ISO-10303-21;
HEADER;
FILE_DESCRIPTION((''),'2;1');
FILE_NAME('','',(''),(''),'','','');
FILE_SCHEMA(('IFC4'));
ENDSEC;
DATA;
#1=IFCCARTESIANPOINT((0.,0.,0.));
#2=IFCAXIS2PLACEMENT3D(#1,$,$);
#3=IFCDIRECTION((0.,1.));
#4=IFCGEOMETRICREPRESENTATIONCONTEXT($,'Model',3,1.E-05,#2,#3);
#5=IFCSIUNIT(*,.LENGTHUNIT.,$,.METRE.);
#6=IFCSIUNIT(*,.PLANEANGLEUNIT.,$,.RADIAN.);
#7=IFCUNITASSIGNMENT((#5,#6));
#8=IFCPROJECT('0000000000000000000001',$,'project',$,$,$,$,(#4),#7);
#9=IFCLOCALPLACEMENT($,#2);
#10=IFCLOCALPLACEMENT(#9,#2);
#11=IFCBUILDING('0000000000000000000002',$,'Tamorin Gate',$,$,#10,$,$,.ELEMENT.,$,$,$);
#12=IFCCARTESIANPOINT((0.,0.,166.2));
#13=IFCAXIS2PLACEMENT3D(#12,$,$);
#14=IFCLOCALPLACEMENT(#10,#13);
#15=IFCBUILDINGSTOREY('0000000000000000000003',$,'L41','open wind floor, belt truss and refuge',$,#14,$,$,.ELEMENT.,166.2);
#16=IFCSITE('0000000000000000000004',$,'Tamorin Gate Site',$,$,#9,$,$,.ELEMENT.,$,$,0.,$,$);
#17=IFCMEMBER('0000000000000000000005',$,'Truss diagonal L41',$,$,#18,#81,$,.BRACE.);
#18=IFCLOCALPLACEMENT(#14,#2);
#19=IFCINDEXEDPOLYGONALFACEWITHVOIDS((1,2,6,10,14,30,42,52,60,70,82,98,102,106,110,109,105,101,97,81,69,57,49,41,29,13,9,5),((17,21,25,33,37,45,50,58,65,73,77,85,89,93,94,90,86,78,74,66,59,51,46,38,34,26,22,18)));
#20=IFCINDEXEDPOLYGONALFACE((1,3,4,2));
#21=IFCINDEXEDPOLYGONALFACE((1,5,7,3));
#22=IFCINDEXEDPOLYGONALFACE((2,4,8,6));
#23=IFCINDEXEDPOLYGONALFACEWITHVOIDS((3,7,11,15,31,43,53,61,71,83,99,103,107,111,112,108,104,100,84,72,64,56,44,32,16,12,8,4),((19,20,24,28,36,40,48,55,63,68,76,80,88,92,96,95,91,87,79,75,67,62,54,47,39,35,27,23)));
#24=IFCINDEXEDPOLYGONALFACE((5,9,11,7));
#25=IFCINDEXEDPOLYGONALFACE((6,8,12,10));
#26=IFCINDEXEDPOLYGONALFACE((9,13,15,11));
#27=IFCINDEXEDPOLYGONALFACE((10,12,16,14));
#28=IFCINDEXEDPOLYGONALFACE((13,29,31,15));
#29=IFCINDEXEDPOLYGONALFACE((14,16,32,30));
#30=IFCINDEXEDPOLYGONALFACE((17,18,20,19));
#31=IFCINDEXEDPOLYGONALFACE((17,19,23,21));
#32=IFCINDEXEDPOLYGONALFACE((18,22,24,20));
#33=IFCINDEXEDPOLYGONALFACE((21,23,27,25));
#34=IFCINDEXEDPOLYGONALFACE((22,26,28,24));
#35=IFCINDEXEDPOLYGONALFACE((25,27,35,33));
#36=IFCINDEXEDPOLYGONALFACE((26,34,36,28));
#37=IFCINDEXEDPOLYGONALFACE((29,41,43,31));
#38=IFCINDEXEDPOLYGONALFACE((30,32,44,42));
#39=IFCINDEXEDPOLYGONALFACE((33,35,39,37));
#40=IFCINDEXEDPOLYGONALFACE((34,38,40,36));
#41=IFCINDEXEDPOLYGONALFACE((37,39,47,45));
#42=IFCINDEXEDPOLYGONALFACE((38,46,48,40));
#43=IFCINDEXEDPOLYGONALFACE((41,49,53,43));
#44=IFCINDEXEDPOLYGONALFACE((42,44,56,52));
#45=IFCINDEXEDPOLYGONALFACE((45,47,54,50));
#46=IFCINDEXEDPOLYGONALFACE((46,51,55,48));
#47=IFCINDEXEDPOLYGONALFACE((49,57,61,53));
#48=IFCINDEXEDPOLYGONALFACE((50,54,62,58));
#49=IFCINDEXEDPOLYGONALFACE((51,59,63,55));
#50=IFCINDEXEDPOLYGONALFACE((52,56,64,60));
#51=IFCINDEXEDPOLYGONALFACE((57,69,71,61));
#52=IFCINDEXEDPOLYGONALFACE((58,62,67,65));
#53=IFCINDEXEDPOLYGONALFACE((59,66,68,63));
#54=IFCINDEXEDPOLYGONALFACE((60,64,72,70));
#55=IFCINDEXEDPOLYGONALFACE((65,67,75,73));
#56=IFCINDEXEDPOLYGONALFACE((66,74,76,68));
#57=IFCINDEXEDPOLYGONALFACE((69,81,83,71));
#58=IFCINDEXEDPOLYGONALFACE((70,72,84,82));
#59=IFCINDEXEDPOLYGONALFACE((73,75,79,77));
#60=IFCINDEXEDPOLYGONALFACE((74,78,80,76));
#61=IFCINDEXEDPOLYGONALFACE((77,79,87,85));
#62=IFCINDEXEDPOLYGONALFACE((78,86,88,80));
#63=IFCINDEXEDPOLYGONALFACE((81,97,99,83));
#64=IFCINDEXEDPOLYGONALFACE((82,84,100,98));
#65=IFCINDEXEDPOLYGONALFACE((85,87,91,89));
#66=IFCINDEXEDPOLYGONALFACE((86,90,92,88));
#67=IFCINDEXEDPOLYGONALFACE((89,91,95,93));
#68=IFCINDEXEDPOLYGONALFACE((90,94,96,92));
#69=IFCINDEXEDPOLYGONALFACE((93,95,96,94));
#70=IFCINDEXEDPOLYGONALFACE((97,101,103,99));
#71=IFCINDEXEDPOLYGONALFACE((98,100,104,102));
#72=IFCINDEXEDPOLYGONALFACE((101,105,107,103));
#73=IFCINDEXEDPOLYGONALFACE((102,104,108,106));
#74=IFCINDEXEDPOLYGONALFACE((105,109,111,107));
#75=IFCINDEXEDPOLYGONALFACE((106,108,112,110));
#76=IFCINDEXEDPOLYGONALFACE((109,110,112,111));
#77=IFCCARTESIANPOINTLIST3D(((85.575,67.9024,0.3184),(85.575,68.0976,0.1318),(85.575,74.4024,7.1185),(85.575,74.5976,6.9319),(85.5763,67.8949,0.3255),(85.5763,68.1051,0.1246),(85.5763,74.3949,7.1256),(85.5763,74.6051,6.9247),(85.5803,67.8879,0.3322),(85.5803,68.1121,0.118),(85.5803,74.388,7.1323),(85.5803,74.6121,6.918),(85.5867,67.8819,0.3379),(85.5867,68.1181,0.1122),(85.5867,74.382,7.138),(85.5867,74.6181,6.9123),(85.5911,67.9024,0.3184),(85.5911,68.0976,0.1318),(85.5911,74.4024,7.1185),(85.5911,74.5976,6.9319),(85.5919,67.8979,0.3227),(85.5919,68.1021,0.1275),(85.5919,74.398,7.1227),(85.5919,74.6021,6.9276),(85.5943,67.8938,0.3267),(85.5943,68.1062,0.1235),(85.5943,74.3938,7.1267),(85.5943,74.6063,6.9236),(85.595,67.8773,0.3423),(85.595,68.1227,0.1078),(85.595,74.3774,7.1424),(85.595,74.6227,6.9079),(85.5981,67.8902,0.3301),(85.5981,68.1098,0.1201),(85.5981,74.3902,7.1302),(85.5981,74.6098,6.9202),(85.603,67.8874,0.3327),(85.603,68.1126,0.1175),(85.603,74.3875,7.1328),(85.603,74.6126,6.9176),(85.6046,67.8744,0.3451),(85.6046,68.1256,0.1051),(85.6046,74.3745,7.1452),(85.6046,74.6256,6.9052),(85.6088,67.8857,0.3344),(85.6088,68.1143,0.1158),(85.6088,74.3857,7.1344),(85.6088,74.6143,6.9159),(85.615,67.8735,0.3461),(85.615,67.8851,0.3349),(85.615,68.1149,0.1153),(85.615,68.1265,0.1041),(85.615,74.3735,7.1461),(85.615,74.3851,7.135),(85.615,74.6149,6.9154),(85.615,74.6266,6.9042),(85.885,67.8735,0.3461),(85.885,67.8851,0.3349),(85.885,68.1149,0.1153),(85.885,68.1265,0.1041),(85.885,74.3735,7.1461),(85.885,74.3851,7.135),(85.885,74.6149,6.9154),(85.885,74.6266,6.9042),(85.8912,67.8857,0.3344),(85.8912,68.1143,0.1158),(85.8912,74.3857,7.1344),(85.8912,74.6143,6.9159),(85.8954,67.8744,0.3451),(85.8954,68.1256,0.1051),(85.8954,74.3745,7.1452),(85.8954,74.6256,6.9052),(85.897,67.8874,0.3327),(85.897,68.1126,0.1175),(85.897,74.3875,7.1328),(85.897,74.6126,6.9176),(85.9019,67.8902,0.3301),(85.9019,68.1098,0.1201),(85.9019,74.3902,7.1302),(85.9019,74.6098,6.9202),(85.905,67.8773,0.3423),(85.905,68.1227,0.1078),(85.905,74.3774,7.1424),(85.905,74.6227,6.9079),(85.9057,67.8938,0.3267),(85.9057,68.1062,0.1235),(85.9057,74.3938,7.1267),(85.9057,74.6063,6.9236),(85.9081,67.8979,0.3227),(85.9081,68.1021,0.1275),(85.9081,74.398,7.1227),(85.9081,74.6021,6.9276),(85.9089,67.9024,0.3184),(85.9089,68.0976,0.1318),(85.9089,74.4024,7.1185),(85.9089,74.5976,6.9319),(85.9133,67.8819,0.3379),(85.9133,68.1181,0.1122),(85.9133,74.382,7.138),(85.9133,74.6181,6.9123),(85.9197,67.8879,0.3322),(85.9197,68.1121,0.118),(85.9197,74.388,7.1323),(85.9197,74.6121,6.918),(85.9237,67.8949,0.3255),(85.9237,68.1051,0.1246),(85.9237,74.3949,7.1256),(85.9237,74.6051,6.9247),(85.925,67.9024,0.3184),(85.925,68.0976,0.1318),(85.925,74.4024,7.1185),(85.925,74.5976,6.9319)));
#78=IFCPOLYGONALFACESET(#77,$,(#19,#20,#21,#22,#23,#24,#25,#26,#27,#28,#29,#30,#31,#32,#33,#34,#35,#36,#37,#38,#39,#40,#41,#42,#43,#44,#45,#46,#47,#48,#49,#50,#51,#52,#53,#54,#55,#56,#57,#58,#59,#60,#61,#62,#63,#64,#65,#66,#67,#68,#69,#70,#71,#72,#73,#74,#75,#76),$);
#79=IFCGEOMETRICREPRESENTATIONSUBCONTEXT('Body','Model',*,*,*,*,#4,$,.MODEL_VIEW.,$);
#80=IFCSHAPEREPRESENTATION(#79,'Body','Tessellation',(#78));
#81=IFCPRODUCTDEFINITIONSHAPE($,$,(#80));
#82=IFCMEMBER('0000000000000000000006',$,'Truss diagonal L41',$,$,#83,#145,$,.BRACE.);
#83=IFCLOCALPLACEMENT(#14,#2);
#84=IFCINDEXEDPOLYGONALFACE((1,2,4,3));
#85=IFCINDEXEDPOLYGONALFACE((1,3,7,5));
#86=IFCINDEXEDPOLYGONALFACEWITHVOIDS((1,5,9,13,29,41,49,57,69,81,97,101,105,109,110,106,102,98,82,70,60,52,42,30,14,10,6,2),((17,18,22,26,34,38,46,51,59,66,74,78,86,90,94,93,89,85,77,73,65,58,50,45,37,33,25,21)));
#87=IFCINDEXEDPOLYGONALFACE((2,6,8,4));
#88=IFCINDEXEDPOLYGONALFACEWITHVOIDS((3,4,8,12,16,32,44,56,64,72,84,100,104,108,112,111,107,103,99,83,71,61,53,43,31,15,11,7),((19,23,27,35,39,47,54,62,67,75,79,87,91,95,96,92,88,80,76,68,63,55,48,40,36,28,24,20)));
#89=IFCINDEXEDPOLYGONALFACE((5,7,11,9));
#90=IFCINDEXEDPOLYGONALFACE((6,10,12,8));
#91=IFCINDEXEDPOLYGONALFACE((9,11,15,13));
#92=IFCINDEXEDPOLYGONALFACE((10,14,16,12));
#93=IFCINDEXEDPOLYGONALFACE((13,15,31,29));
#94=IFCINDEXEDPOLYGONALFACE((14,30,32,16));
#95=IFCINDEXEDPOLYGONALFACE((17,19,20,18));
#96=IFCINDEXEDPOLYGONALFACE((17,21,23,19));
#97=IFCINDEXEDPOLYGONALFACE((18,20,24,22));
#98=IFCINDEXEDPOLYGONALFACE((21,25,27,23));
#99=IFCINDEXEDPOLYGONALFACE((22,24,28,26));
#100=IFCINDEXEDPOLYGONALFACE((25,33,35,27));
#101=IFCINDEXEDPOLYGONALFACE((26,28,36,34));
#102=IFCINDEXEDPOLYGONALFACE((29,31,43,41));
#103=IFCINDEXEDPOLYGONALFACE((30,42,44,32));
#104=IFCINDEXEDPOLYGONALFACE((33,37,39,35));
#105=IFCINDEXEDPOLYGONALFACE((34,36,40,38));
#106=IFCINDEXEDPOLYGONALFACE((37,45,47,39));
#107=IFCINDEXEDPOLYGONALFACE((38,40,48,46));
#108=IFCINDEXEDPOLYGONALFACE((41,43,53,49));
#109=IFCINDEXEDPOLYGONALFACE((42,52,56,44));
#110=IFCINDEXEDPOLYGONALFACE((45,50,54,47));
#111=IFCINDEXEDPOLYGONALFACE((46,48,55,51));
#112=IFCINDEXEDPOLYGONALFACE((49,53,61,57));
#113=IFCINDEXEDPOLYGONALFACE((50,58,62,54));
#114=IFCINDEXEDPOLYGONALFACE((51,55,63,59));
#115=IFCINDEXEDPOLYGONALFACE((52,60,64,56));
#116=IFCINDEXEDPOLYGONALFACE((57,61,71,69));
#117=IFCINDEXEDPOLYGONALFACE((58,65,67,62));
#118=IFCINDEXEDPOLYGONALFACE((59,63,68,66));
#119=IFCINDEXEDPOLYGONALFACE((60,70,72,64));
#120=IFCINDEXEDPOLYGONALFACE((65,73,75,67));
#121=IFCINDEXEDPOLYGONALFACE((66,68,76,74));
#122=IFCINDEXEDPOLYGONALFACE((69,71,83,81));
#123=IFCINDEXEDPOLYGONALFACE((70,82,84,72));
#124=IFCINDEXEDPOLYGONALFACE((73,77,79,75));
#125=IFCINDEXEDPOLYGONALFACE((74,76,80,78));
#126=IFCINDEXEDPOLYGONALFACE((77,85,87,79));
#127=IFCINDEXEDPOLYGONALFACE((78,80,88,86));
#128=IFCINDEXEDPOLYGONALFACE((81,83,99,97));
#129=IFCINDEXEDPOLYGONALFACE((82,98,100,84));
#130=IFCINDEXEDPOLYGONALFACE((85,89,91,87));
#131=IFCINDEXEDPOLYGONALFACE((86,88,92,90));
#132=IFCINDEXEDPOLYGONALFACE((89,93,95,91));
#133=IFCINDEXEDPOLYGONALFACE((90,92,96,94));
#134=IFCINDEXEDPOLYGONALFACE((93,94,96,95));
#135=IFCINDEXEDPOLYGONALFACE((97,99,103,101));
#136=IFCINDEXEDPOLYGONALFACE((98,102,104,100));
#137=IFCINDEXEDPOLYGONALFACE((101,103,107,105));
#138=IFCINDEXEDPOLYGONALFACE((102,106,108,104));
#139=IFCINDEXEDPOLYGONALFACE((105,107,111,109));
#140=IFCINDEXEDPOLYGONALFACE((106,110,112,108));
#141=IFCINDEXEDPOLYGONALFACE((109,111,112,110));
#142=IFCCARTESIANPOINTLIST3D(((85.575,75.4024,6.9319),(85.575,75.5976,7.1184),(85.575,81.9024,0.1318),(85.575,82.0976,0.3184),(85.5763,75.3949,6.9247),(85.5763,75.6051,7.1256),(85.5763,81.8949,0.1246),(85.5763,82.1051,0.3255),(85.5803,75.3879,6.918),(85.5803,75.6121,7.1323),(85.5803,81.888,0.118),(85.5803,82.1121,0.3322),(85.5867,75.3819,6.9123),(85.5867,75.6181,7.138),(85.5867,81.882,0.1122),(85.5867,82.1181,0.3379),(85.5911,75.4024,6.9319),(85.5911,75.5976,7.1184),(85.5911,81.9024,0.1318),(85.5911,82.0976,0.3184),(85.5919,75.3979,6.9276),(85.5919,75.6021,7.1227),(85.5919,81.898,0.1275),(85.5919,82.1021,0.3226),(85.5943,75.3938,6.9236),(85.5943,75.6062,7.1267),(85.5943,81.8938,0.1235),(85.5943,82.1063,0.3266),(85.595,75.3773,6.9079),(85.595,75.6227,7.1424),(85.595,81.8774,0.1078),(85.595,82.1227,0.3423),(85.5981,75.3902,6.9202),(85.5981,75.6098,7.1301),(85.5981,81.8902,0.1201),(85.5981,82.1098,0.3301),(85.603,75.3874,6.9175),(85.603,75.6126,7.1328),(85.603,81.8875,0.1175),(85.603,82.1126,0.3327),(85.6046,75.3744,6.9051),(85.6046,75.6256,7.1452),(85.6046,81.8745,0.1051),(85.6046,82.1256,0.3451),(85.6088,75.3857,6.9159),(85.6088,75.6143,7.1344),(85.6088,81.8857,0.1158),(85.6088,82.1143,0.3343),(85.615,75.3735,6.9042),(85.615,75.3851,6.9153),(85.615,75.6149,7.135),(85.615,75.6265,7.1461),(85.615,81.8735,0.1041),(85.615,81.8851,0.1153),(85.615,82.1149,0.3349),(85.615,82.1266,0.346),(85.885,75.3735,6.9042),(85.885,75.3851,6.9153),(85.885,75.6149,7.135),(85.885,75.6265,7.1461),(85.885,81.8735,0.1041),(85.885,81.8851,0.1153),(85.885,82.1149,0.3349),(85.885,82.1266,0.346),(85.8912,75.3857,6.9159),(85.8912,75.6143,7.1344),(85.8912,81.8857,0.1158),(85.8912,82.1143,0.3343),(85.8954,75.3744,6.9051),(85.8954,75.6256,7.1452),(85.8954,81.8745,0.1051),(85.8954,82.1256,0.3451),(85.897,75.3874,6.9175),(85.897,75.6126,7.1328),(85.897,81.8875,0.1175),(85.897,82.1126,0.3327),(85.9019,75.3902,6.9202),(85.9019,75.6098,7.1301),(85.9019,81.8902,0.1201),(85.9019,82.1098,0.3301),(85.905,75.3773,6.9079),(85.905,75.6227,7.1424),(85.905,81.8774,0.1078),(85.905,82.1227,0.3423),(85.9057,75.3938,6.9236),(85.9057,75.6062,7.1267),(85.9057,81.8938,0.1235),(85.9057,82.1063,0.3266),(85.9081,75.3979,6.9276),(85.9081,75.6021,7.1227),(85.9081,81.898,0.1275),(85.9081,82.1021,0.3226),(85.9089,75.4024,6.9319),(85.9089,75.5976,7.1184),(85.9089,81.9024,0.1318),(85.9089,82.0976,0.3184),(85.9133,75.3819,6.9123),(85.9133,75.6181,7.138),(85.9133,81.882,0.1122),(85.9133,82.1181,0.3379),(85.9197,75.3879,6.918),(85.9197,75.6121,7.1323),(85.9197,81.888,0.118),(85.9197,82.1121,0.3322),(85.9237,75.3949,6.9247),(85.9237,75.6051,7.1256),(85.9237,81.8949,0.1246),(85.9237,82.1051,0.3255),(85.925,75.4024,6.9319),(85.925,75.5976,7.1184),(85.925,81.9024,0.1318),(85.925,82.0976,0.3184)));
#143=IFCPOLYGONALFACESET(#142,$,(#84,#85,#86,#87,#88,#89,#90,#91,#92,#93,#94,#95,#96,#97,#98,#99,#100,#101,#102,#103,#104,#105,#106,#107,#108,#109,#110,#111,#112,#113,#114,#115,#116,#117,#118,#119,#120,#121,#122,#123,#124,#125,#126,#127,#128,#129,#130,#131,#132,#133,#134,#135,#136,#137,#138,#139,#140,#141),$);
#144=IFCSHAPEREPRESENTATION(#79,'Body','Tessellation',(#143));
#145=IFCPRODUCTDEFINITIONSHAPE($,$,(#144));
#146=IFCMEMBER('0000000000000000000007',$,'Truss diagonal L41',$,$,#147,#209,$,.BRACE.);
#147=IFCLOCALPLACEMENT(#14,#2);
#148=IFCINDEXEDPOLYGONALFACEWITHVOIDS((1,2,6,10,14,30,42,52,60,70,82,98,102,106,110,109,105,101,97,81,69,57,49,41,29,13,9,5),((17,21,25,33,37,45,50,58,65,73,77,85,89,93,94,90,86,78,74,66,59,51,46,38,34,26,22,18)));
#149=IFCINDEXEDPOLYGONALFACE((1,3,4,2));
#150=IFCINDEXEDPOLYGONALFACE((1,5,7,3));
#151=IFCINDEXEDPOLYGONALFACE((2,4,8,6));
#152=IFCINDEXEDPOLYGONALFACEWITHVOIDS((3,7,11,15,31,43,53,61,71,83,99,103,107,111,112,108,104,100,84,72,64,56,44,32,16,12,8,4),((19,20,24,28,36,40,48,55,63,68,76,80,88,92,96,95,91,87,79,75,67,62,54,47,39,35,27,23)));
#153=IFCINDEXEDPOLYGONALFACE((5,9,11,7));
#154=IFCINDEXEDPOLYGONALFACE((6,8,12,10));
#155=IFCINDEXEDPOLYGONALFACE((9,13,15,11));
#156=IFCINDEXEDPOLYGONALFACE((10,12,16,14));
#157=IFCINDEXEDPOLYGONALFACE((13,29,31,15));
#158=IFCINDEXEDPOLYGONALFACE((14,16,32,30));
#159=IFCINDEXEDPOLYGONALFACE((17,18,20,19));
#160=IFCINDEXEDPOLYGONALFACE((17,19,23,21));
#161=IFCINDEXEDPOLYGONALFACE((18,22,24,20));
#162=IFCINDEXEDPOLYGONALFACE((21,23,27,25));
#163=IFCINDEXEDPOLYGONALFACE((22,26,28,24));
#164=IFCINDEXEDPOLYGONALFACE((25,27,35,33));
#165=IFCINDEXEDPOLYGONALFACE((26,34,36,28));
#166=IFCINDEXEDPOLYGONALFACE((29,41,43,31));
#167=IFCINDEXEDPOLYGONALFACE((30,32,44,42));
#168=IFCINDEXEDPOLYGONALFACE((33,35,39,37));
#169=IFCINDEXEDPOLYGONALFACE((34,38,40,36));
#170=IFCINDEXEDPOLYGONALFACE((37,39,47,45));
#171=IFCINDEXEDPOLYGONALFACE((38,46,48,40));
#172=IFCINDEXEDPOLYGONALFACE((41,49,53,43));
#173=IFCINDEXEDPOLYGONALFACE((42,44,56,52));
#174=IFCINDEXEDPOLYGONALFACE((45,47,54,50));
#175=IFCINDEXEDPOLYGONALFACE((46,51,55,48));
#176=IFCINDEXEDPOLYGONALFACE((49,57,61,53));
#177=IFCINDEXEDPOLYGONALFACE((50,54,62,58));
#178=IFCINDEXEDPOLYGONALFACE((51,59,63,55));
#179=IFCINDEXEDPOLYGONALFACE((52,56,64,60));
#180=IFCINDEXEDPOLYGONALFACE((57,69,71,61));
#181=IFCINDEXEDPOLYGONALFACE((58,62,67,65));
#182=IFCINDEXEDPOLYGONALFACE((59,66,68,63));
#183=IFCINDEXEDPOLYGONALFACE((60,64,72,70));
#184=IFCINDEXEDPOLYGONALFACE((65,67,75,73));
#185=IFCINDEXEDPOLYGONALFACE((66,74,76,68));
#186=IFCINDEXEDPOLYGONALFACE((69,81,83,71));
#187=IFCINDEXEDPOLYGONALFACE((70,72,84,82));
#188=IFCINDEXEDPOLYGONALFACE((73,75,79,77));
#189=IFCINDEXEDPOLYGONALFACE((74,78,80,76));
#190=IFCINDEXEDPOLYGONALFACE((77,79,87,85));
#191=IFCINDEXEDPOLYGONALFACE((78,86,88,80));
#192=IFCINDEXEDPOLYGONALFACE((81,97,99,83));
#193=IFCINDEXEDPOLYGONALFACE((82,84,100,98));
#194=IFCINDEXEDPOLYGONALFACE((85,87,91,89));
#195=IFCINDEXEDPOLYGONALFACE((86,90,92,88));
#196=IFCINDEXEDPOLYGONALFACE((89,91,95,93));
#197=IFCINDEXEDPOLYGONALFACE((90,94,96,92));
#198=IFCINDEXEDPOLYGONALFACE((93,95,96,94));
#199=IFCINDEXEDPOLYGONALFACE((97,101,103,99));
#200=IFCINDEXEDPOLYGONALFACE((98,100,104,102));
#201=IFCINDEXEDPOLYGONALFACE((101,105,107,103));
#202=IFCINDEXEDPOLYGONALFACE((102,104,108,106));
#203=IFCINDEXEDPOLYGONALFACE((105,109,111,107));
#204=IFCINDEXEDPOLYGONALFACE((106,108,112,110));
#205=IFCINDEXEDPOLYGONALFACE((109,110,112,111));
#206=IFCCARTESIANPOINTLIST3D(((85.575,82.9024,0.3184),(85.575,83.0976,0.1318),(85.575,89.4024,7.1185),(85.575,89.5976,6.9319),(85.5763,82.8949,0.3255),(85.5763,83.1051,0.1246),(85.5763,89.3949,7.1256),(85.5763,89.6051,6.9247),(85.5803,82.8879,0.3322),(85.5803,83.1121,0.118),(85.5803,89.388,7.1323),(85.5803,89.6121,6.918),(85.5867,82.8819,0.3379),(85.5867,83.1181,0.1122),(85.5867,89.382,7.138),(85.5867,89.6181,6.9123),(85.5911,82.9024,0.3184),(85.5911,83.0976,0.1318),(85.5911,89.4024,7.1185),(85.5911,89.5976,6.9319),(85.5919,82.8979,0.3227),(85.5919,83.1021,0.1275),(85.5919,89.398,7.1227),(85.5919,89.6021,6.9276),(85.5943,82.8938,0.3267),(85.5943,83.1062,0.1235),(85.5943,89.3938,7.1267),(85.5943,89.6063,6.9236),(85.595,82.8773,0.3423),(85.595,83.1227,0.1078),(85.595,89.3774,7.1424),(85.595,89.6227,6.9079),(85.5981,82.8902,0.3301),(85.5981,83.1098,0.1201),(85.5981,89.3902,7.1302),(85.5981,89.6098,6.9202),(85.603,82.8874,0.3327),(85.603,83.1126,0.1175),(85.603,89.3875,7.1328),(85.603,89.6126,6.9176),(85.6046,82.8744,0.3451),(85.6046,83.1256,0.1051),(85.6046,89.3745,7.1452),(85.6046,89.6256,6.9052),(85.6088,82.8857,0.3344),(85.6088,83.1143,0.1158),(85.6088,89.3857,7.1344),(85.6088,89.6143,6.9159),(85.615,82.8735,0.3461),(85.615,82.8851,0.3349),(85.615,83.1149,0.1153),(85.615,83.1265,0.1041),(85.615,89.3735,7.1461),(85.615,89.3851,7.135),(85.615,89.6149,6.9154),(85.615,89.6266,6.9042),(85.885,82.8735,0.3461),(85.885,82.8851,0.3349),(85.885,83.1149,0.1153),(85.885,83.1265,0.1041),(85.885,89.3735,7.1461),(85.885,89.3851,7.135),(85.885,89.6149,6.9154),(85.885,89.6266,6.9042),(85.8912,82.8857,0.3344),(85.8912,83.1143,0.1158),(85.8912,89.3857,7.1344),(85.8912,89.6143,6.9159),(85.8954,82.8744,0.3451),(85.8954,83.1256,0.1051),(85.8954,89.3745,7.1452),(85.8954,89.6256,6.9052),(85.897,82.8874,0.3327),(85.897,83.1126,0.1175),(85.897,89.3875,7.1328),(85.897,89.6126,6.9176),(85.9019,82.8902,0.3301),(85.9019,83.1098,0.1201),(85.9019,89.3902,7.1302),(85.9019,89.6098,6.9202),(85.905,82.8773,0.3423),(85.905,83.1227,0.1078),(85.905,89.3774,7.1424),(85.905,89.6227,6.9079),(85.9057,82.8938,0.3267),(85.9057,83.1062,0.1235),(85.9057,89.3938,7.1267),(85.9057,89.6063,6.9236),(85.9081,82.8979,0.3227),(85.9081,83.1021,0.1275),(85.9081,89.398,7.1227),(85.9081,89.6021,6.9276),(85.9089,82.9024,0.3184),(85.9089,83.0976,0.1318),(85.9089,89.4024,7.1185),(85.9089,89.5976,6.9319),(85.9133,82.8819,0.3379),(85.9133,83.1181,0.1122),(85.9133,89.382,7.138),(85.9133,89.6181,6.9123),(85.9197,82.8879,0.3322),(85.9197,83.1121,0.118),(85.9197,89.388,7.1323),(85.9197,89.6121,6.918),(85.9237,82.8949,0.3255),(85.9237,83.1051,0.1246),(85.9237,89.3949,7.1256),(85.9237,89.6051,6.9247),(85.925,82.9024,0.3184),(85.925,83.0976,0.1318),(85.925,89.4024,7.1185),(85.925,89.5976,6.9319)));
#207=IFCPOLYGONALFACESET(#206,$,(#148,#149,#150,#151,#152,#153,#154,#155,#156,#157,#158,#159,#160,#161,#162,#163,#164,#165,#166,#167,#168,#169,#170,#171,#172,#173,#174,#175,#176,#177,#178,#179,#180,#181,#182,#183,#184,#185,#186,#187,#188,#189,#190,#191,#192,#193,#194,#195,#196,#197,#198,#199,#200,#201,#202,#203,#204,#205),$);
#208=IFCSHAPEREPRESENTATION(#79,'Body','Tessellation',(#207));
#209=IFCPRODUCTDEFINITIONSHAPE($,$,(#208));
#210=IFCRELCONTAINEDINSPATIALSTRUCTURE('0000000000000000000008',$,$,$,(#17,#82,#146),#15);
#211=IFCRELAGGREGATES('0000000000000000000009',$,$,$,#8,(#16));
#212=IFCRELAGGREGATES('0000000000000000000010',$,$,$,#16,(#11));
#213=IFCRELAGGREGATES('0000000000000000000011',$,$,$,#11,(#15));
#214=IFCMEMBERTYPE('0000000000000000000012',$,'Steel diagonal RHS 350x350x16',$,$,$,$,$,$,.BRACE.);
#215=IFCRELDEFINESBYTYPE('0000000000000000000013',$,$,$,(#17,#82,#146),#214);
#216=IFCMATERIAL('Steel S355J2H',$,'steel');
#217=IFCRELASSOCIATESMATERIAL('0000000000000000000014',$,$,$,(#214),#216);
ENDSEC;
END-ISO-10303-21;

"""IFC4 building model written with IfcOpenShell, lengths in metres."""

from ifc_helpers import new_model, si_unit, direction, frame, origin, origin_2d, place, context, subcontext, project, spatial, hollow_rectangle, extrude, material, material_profile, profile_set, type_object, element, save


model = new_model("IFC4")

# Units and contexts
model_context = context("Model", 3, precision=1e-05, world=origin(), true_north=direction((0.0, 1.0)))
body_context = subcontext(model_context, "Body", "Model", "MODEL_VIEW")
ifc_project = project(units=[si_unit("LENGTHUNIT", "METRE"), si_unit("PLANEANGLEUNIT", "RADIAN")], contexts=[model_context])

# Site, building, storey
site_placement = place(None, origin())
site = spatial("IfcSite", under=ifc_project, at=site_placement, Name="Tamorin Gate Site", CompositionType="ELEMENT", RefElevation=0.0)
building_placement = place(site_placement, origin())
building = spatial("IfcBuilding", under=site, at=building_placement, Name="Tamorin Gate", CompositionType="ELEMENT")
storey_placement = place(building_placement, frame((0.0, 0.0, 166.2)))
storey = spatial("IfcBuildingStorey", under=building, at=storey_placement, Name="L41", Description="open wind floor, belt truss and refuge", CompositionType="ELEMENT", Elevation=166.2)

# Members
ifc_material_1 = material(Name="Steel S355J2H", Category="steel")
ifc_material_profile_1 = material_profile(ifc_material_1, hollow_rectangle(XDim=0.3501, YDim=0.3501, WallThickness=0.0161, InnerFilletRadius=0.0239, OuterFilletRadius=0.04, at=origin_2d()), Name="RHS 350x350x16")
ifc_profile_set_1 = profile_set([ifc_material_profile_1], Name="Steel S355J2H")
member_type_1 = type_object("IfcMemberType", Name="Steel diagonal RHS 350x350x16", PredefinedType="BRACE", material=ifc_profile_set_1)
for number, where, z_axis, x_axis, name in (
    (1, (85.75, 68.0, 0.2251), (0.0, 0.690979, 0.722875), (-1.0, 0.0, 0.0), "Truss diagonal L41"),
    (2, (85.75, 75.5, 7.0251), (0.0, 0.690979, -0.722875), (-1.0, 0.0, 0.0), "Truss diagonal L41"),
    (3, (85.75, 83.0, 0.2251), (0.0, 0.690979, 0.722875), (-1.0, 0.0, 0.0), "Truss diagonal L41"),
):
    element("IfcMember", number, at=place(storey_placement, frame(where, z_axis=z_axis, x_axis=x_axis)), inside=storey, type_object=member_type_1, Name=name, PredefinedType="BRACE", context=body_context, shape_type="SweptSolid", body=[
        extrude(hollow_rectangle(XDim=0.3501, YDim=0.3501, WallThickness=0.0161, InnerFilletRadius=0.0239, OuterFilletRadius=0.04, at=origin_2d()), origin(), (0.0, 0.0, 1.0), 9.407),
    ])

save(model, "model.ifc")
